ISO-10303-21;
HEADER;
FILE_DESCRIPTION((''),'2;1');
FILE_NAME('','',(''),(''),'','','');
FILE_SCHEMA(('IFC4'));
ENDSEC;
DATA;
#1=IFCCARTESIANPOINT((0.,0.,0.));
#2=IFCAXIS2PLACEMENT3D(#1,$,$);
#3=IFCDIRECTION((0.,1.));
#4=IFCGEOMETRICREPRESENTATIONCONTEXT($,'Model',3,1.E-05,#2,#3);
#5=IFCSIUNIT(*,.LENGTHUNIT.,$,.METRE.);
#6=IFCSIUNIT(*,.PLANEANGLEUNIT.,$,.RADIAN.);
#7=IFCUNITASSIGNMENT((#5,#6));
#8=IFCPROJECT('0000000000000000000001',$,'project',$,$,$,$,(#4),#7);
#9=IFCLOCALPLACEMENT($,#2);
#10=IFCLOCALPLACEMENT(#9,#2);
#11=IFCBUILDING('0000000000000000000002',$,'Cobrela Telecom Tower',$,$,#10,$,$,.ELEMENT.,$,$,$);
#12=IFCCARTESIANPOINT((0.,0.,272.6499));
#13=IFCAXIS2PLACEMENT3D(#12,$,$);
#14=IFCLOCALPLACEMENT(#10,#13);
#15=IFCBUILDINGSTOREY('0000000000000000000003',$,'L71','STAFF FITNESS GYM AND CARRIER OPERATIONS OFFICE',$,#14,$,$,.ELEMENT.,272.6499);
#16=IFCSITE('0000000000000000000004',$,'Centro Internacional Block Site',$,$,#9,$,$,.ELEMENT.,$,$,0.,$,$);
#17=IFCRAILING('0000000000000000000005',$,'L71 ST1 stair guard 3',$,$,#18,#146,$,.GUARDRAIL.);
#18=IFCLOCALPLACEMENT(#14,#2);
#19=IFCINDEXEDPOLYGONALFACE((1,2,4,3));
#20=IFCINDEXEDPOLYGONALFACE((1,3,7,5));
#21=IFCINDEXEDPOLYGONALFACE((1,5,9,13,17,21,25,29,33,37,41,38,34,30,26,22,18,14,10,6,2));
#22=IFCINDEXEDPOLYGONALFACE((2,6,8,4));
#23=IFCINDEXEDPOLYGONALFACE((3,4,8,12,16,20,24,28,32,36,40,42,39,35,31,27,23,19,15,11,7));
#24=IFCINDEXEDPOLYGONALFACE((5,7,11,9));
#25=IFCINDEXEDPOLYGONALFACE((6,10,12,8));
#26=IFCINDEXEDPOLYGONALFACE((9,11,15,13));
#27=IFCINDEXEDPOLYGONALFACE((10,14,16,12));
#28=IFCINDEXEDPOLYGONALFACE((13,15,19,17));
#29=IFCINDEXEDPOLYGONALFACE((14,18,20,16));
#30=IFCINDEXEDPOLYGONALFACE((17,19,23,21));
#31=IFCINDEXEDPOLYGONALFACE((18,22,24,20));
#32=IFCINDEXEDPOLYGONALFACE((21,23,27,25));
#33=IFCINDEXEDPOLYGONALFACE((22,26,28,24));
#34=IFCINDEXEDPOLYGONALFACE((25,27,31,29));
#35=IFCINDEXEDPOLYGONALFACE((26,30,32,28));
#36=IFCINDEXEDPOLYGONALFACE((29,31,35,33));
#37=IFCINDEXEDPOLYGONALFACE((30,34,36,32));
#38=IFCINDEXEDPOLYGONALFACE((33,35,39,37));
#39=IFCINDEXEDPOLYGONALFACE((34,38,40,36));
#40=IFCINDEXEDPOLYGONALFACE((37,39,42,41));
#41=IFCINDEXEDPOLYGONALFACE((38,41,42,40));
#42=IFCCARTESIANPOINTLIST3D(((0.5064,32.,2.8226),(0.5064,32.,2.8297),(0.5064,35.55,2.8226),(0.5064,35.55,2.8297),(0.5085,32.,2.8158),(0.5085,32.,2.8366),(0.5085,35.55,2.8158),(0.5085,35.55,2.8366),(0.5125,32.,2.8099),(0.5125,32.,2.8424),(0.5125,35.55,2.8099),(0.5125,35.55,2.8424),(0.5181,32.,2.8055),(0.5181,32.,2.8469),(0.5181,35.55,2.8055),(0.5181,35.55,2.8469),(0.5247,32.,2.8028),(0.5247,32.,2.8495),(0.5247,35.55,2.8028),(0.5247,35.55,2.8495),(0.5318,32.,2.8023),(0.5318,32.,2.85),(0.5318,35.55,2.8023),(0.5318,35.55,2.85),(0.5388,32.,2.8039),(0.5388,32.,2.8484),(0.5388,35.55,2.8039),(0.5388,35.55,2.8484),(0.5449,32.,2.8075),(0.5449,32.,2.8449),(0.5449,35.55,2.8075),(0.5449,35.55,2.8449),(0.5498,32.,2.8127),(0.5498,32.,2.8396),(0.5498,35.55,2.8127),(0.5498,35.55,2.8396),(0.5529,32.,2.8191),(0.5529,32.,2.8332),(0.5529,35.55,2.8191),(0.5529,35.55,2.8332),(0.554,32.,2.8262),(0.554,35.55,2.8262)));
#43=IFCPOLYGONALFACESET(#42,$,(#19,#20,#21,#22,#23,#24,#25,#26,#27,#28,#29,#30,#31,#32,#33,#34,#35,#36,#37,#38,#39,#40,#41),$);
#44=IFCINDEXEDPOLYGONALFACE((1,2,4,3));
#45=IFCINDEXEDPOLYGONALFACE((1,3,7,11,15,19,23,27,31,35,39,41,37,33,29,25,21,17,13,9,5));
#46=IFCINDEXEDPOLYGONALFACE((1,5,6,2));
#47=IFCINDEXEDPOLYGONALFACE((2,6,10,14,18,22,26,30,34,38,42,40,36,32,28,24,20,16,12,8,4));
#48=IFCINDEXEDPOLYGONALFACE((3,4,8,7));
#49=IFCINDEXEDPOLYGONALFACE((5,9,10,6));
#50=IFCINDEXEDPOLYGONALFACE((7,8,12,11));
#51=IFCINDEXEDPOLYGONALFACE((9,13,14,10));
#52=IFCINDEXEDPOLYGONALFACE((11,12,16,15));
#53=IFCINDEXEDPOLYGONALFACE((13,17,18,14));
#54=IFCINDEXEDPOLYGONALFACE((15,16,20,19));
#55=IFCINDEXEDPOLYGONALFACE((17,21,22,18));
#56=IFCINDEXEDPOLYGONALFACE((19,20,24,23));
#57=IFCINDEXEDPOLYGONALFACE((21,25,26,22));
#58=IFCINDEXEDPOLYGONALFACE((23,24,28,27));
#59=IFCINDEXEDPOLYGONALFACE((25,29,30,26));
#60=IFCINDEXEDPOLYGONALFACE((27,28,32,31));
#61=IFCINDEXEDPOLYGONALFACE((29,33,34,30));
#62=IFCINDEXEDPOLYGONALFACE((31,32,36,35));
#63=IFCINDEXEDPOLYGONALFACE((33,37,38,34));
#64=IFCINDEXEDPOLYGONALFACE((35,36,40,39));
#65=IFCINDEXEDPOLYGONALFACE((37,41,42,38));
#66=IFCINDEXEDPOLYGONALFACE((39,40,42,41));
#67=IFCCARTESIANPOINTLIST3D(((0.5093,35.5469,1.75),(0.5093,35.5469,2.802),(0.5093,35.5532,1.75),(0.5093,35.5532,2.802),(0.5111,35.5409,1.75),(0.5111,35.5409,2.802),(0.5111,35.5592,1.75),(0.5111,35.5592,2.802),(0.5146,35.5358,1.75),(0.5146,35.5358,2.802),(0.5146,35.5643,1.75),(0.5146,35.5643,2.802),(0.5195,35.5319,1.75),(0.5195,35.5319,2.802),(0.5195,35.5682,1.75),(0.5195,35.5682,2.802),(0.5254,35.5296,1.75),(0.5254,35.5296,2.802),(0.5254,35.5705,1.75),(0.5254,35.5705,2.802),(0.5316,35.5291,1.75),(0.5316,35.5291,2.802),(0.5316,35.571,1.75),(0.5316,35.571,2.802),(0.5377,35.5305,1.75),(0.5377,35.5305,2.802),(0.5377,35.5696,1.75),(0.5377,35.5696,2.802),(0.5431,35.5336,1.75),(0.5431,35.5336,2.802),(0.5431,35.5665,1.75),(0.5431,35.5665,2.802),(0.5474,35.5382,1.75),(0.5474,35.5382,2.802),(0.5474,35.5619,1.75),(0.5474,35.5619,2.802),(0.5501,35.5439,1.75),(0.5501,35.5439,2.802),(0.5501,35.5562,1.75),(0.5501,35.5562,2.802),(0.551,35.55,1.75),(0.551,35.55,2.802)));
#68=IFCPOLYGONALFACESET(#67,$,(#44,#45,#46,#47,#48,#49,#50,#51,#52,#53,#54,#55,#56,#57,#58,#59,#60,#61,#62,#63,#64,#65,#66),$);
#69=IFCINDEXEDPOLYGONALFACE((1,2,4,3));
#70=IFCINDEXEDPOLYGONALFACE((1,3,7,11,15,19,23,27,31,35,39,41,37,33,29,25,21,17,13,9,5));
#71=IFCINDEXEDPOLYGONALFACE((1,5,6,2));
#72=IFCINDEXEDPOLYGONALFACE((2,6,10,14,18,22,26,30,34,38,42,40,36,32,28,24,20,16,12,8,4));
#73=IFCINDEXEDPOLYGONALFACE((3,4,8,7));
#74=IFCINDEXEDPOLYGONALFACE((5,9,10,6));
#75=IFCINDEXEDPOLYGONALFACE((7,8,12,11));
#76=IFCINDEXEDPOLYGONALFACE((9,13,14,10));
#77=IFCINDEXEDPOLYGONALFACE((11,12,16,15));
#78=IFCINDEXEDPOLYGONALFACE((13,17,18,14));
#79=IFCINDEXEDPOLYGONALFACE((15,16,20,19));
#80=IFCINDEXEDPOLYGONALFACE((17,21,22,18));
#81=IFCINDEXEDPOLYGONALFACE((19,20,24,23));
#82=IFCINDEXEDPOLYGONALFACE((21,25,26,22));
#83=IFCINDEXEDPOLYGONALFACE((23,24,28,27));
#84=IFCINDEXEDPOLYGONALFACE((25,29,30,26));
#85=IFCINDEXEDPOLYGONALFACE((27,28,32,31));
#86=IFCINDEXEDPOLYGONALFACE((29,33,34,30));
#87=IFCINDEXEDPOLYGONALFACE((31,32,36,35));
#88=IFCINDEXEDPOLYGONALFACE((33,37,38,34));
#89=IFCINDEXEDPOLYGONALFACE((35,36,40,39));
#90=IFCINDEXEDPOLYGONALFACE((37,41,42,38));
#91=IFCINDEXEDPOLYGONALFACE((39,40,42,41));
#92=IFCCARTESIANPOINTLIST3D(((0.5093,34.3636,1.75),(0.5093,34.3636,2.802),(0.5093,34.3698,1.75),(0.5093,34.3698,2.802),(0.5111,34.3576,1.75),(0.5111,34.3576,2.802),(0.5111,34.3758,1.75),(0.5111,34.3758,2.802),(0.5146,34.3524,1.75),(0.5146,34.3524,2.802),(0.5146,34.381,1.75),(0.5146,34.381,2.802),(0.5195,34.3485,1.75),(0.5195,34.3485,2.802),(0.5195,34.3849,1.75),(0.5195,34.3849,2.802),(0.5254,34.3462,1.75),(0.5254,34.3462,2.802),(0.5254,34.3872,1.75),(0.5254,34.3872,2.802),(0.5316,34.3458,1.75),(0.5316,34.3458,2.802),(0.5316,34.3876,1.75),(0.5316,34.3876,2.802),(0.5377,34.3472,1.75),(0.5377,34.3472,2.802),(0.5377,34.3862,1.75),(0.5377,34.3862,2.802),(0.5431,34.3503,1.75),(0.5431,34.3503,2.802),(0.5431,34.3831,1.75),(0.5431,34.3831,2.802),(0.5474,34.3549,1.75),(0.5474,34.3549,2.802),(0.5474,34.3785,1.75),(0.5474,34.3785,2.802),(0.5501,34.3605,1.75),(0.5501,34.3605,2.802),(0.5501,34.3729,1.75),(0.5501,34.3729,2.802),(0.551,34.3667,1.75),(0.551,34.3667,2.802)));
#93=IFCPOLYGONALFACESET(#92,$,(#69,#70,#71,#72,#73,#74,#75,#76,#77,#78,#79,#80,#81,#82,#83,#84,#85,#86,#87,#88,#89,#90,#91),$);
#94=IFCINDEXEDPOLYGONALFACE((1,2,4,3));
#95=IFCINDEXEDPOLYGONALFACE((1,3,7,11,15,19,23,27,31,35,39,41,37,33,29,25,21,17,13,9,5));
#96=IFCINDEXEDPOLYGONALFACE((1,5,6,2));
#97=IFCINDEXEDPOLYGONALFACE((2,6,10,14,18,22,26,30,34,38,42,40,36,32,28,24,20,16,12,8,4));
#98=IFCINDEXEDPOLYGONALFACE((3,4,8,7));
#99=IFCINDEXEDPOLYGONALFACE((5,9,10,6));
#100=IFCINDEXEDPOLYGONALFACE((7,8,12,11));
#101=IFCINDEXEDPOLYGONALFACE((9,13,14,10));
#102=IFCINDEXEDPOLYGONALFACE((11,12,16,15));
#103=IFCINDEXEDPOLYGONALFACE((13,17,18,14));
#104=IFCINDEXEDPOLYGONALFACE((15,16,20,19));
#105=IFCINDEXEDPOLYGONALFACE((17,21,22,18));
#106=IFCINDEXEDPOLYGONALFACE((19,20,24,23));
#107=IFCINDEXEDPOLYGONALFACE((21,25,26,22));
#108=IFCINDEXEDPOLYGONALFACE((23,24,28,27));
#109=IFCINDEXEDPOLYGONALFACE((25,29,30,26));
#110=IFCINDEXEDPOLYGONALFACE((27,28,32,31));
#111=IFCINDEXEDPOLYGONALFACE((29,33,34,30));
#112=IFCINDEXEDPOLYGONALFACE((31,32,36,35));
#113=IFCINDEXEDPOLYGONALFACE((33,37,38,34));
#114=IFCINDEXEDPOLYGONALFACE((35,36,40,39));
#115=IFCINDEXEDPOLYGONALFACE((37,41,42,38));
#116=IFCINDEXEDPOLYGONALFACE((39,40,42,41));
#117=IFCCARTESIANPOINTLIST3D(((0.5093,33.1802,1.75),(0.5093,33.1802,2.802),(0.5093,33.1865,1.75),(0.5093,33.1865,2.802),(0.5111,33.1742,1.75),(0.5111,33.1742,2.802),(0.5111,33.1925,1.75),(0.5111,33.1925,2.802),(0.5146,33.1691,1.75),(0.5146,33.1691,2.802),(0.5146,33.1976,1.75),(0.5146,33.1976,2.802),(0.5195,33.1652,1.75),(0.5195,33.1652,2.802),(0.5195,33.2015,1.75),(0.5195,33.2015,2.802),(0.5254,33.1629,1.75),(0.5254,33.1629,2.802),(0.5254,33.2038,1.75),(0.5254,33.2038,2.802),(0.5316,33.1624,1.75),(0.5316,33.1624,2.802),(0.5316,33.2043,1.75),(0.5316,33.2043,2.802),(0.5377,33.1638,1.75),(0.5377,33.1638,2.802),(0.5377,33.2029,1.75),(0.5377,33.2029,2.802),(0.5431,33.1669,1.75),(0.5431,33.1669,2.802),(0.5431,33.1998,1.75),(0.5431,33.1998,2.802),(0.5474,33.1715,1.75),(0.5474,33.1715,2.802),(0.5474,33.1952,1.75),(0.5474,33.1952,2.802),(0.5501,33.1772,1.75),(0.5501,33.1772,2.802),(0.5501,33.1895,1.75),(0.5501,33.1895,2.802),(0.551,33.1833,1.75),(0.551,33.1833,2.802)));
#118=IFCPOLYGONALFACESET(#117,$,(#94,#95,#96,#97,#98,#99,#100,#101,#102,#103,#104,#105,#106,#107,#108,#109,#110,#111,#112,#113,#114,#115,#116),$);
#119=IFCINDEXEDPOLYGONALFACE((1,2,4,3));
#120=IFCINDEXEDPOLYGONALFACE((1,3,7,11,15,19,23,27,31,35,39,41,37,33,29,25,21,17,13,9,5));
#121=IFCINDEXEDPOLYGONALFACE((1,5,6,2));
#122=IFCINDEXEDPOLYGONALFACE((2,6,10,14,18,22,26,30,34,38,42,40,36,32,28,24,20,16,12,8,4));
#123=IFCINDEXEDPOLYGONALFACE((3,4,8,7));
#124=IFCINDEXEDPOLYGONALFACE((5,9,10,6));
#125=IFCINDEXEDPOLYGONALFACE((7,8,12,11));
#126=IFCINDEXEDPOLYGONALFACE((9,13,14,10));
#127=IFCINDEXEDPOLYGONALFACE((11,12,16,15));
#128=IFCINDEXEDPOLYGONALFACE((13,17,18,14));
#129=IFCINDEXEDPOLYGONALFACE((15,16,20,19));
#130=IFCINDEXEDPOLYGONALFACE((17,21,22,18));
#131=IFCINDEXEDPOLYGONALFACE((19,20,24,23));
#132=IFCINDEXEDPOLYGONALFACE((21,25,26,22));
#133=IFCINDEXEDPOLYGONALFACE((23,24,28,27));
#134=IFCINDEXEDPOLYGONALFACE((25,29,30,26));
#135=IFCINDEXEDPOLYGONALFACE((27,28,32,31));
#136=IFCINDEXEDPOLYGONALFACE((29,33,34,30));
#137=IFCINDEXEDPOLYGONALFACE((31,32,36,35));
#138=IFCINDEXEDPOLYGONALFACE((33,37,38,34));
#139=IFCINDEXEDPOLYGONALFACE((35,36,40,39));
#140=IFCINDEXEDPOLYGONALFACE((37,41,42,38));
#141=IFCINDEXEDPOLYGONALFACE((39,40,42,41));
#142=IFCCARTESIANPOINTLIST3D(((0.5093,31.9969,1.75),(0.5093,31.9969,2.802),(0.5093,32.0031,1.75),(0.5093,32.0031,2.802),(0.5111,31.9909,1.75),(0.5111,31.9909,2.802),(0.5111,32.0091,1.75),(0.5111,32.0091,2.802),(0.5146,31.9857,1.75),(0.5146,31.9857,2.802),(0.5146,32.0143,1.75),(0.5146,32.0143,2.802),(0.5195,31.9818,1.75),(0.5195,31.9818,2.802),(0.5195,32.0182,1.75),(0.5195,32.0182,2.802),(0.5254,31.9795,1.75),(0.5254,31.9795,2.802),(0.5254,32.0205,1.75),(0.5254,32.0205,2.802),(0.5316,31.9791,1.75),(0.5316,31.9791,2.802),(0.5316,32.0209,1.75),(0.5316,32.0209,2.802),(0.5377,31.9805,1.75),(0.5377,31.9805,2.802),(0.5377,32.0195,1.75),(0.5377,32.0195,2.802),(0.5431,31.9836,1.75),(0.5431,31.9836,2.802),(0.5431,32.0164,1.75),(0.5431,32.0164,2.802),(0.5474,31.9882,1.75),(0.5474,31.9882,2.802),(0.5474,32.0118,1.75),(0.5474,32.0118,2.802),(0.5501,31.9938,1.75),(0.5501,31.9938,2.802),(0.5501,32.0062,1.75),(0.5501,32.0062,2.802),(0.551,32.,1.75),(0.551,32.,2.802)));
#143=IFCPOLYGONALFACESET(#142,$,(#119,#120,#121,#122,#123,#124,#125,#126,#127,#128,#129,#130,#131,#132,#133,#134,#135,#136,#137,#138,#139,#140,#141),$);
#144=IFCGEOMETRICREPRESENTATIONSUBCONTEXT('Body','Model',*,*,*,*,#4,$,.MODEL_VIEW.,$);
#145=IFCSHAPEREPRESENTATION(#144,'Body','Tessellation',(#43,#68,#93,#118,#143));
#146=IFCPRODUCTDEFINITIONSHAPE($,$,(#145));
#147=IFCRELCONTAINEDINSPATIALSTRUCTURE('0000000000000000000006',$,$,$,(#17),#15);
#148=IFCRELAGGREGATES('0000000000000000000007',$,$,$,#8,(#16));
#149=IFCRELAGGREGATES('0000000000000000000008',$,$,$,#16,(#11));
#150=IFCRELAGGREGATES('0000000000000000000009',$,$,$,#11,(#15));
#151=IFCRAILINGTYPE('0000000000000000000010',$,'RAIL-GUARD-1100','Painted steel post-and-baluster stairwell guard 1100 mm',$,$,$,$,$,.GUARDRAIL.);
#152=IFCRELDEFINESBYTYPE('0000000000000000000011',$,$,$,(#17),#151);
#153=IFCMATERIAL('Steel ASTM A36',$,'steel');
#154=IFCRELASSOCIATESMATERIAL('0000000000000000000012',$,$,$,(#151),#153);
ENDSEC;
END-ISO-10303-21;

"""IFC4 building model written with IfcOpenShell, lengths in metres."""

from ifc_helpers import new_model, si_unit, direction, frame, origin, origin_2d, place, context, subcontext, project, spatial, circle, extrude, material, type_object, element, save


model = new_model("IFC4")

# Units and contexts
model_context = context("Model", 3, precision=1e-05, world=origin(), true_north=direction((0.0, 1.0)))
body_context = subcontext(model_context, "Body", "Model", "MODEL_VIEW")
ifc_project = project(units=[si_unit("LENGTHUNIT", "METRE"), si_unit("PLANEANGLEUNIT", "RADIAN")], contexts=[model_context])

# Site, building, storey
site_placement = place(None, origin())
site = spatial("IfcSite", under=ifc_project, at=site_placement, Name="Centro Internacional Block Site", CompositionType="ELEMENT", RefElevation=0.0)
building_placement = place(site_placement, origin())
building = spatial("IfcBuilding", under=site, at=building_placement, Name="Cobrela Telecom Tower", CompositionType="ELEMENT")
storey_placement = place(building_placement, frame((0.0, 0.0, 272.6499)))
storey = spatial("IfcBuildingStorey", under=building, at=storey_placement, Name="L71", Description="STAFF FITNESS GYM AND CARRIER OPERATIONS OFFICE", CompositionType="ELEMENT", Elevation=272.6499)

# Shared definitions
ifc_material_1 = material(Name="Steel ASTM A36", Category="steel")

# Railing
railing_type_1 = type_object("IfcRailingType", Name="RAIL-GUARD-1100", Description="Painted steel post-and-baluster stairwell guard 1100 mm", PredefinedType="GUARDRAIL", material=ifc_material_1)
railing_1_placement = place(storey_placement, frame((0.53, 35.55, 1.75)))
element("IfcRailing", 1, at=railing_1_placement, inside=storey, type_object=railing_type_1, Name="L71 ST1 stair guard 3", PredefinedType="GUARDRAIL", context=body_context, shape_type="SweptSolid", body=[
    extrude(circle(Radius=0.0239, at=origin_2d()), frame((0.0, 0.0, 1.0762), z_axis=(0.0, -1.0, 0.0), x_axis=(1.0, 0.0, 0.0)), (0.0, 0.0, 1.0), 3.55),
    extrude(circle(Radius=0.021, at=origin_2d()), origin(), (0.0, 0.0, 1.0), 1.052),
    extrude(circle(Radius=0.021, at=origin_2d()), frame((0.0, -1.1833, 0.0)), (0.0, 0.0, 1.0), 1.052),
    extrude(circle(Radius=0.021, at=origin_2d()), frame((0.0, -2.3667, 0.0)), (0.0, 0.0, 1.0), 1.052),
    extrude(circle(Radius=0.021, at=origin_2d()), frame((0.0, -3.55, 0.0)), (0.0, 0.0, 1.0), 1.052),
])

save(model, "model.ifc")
